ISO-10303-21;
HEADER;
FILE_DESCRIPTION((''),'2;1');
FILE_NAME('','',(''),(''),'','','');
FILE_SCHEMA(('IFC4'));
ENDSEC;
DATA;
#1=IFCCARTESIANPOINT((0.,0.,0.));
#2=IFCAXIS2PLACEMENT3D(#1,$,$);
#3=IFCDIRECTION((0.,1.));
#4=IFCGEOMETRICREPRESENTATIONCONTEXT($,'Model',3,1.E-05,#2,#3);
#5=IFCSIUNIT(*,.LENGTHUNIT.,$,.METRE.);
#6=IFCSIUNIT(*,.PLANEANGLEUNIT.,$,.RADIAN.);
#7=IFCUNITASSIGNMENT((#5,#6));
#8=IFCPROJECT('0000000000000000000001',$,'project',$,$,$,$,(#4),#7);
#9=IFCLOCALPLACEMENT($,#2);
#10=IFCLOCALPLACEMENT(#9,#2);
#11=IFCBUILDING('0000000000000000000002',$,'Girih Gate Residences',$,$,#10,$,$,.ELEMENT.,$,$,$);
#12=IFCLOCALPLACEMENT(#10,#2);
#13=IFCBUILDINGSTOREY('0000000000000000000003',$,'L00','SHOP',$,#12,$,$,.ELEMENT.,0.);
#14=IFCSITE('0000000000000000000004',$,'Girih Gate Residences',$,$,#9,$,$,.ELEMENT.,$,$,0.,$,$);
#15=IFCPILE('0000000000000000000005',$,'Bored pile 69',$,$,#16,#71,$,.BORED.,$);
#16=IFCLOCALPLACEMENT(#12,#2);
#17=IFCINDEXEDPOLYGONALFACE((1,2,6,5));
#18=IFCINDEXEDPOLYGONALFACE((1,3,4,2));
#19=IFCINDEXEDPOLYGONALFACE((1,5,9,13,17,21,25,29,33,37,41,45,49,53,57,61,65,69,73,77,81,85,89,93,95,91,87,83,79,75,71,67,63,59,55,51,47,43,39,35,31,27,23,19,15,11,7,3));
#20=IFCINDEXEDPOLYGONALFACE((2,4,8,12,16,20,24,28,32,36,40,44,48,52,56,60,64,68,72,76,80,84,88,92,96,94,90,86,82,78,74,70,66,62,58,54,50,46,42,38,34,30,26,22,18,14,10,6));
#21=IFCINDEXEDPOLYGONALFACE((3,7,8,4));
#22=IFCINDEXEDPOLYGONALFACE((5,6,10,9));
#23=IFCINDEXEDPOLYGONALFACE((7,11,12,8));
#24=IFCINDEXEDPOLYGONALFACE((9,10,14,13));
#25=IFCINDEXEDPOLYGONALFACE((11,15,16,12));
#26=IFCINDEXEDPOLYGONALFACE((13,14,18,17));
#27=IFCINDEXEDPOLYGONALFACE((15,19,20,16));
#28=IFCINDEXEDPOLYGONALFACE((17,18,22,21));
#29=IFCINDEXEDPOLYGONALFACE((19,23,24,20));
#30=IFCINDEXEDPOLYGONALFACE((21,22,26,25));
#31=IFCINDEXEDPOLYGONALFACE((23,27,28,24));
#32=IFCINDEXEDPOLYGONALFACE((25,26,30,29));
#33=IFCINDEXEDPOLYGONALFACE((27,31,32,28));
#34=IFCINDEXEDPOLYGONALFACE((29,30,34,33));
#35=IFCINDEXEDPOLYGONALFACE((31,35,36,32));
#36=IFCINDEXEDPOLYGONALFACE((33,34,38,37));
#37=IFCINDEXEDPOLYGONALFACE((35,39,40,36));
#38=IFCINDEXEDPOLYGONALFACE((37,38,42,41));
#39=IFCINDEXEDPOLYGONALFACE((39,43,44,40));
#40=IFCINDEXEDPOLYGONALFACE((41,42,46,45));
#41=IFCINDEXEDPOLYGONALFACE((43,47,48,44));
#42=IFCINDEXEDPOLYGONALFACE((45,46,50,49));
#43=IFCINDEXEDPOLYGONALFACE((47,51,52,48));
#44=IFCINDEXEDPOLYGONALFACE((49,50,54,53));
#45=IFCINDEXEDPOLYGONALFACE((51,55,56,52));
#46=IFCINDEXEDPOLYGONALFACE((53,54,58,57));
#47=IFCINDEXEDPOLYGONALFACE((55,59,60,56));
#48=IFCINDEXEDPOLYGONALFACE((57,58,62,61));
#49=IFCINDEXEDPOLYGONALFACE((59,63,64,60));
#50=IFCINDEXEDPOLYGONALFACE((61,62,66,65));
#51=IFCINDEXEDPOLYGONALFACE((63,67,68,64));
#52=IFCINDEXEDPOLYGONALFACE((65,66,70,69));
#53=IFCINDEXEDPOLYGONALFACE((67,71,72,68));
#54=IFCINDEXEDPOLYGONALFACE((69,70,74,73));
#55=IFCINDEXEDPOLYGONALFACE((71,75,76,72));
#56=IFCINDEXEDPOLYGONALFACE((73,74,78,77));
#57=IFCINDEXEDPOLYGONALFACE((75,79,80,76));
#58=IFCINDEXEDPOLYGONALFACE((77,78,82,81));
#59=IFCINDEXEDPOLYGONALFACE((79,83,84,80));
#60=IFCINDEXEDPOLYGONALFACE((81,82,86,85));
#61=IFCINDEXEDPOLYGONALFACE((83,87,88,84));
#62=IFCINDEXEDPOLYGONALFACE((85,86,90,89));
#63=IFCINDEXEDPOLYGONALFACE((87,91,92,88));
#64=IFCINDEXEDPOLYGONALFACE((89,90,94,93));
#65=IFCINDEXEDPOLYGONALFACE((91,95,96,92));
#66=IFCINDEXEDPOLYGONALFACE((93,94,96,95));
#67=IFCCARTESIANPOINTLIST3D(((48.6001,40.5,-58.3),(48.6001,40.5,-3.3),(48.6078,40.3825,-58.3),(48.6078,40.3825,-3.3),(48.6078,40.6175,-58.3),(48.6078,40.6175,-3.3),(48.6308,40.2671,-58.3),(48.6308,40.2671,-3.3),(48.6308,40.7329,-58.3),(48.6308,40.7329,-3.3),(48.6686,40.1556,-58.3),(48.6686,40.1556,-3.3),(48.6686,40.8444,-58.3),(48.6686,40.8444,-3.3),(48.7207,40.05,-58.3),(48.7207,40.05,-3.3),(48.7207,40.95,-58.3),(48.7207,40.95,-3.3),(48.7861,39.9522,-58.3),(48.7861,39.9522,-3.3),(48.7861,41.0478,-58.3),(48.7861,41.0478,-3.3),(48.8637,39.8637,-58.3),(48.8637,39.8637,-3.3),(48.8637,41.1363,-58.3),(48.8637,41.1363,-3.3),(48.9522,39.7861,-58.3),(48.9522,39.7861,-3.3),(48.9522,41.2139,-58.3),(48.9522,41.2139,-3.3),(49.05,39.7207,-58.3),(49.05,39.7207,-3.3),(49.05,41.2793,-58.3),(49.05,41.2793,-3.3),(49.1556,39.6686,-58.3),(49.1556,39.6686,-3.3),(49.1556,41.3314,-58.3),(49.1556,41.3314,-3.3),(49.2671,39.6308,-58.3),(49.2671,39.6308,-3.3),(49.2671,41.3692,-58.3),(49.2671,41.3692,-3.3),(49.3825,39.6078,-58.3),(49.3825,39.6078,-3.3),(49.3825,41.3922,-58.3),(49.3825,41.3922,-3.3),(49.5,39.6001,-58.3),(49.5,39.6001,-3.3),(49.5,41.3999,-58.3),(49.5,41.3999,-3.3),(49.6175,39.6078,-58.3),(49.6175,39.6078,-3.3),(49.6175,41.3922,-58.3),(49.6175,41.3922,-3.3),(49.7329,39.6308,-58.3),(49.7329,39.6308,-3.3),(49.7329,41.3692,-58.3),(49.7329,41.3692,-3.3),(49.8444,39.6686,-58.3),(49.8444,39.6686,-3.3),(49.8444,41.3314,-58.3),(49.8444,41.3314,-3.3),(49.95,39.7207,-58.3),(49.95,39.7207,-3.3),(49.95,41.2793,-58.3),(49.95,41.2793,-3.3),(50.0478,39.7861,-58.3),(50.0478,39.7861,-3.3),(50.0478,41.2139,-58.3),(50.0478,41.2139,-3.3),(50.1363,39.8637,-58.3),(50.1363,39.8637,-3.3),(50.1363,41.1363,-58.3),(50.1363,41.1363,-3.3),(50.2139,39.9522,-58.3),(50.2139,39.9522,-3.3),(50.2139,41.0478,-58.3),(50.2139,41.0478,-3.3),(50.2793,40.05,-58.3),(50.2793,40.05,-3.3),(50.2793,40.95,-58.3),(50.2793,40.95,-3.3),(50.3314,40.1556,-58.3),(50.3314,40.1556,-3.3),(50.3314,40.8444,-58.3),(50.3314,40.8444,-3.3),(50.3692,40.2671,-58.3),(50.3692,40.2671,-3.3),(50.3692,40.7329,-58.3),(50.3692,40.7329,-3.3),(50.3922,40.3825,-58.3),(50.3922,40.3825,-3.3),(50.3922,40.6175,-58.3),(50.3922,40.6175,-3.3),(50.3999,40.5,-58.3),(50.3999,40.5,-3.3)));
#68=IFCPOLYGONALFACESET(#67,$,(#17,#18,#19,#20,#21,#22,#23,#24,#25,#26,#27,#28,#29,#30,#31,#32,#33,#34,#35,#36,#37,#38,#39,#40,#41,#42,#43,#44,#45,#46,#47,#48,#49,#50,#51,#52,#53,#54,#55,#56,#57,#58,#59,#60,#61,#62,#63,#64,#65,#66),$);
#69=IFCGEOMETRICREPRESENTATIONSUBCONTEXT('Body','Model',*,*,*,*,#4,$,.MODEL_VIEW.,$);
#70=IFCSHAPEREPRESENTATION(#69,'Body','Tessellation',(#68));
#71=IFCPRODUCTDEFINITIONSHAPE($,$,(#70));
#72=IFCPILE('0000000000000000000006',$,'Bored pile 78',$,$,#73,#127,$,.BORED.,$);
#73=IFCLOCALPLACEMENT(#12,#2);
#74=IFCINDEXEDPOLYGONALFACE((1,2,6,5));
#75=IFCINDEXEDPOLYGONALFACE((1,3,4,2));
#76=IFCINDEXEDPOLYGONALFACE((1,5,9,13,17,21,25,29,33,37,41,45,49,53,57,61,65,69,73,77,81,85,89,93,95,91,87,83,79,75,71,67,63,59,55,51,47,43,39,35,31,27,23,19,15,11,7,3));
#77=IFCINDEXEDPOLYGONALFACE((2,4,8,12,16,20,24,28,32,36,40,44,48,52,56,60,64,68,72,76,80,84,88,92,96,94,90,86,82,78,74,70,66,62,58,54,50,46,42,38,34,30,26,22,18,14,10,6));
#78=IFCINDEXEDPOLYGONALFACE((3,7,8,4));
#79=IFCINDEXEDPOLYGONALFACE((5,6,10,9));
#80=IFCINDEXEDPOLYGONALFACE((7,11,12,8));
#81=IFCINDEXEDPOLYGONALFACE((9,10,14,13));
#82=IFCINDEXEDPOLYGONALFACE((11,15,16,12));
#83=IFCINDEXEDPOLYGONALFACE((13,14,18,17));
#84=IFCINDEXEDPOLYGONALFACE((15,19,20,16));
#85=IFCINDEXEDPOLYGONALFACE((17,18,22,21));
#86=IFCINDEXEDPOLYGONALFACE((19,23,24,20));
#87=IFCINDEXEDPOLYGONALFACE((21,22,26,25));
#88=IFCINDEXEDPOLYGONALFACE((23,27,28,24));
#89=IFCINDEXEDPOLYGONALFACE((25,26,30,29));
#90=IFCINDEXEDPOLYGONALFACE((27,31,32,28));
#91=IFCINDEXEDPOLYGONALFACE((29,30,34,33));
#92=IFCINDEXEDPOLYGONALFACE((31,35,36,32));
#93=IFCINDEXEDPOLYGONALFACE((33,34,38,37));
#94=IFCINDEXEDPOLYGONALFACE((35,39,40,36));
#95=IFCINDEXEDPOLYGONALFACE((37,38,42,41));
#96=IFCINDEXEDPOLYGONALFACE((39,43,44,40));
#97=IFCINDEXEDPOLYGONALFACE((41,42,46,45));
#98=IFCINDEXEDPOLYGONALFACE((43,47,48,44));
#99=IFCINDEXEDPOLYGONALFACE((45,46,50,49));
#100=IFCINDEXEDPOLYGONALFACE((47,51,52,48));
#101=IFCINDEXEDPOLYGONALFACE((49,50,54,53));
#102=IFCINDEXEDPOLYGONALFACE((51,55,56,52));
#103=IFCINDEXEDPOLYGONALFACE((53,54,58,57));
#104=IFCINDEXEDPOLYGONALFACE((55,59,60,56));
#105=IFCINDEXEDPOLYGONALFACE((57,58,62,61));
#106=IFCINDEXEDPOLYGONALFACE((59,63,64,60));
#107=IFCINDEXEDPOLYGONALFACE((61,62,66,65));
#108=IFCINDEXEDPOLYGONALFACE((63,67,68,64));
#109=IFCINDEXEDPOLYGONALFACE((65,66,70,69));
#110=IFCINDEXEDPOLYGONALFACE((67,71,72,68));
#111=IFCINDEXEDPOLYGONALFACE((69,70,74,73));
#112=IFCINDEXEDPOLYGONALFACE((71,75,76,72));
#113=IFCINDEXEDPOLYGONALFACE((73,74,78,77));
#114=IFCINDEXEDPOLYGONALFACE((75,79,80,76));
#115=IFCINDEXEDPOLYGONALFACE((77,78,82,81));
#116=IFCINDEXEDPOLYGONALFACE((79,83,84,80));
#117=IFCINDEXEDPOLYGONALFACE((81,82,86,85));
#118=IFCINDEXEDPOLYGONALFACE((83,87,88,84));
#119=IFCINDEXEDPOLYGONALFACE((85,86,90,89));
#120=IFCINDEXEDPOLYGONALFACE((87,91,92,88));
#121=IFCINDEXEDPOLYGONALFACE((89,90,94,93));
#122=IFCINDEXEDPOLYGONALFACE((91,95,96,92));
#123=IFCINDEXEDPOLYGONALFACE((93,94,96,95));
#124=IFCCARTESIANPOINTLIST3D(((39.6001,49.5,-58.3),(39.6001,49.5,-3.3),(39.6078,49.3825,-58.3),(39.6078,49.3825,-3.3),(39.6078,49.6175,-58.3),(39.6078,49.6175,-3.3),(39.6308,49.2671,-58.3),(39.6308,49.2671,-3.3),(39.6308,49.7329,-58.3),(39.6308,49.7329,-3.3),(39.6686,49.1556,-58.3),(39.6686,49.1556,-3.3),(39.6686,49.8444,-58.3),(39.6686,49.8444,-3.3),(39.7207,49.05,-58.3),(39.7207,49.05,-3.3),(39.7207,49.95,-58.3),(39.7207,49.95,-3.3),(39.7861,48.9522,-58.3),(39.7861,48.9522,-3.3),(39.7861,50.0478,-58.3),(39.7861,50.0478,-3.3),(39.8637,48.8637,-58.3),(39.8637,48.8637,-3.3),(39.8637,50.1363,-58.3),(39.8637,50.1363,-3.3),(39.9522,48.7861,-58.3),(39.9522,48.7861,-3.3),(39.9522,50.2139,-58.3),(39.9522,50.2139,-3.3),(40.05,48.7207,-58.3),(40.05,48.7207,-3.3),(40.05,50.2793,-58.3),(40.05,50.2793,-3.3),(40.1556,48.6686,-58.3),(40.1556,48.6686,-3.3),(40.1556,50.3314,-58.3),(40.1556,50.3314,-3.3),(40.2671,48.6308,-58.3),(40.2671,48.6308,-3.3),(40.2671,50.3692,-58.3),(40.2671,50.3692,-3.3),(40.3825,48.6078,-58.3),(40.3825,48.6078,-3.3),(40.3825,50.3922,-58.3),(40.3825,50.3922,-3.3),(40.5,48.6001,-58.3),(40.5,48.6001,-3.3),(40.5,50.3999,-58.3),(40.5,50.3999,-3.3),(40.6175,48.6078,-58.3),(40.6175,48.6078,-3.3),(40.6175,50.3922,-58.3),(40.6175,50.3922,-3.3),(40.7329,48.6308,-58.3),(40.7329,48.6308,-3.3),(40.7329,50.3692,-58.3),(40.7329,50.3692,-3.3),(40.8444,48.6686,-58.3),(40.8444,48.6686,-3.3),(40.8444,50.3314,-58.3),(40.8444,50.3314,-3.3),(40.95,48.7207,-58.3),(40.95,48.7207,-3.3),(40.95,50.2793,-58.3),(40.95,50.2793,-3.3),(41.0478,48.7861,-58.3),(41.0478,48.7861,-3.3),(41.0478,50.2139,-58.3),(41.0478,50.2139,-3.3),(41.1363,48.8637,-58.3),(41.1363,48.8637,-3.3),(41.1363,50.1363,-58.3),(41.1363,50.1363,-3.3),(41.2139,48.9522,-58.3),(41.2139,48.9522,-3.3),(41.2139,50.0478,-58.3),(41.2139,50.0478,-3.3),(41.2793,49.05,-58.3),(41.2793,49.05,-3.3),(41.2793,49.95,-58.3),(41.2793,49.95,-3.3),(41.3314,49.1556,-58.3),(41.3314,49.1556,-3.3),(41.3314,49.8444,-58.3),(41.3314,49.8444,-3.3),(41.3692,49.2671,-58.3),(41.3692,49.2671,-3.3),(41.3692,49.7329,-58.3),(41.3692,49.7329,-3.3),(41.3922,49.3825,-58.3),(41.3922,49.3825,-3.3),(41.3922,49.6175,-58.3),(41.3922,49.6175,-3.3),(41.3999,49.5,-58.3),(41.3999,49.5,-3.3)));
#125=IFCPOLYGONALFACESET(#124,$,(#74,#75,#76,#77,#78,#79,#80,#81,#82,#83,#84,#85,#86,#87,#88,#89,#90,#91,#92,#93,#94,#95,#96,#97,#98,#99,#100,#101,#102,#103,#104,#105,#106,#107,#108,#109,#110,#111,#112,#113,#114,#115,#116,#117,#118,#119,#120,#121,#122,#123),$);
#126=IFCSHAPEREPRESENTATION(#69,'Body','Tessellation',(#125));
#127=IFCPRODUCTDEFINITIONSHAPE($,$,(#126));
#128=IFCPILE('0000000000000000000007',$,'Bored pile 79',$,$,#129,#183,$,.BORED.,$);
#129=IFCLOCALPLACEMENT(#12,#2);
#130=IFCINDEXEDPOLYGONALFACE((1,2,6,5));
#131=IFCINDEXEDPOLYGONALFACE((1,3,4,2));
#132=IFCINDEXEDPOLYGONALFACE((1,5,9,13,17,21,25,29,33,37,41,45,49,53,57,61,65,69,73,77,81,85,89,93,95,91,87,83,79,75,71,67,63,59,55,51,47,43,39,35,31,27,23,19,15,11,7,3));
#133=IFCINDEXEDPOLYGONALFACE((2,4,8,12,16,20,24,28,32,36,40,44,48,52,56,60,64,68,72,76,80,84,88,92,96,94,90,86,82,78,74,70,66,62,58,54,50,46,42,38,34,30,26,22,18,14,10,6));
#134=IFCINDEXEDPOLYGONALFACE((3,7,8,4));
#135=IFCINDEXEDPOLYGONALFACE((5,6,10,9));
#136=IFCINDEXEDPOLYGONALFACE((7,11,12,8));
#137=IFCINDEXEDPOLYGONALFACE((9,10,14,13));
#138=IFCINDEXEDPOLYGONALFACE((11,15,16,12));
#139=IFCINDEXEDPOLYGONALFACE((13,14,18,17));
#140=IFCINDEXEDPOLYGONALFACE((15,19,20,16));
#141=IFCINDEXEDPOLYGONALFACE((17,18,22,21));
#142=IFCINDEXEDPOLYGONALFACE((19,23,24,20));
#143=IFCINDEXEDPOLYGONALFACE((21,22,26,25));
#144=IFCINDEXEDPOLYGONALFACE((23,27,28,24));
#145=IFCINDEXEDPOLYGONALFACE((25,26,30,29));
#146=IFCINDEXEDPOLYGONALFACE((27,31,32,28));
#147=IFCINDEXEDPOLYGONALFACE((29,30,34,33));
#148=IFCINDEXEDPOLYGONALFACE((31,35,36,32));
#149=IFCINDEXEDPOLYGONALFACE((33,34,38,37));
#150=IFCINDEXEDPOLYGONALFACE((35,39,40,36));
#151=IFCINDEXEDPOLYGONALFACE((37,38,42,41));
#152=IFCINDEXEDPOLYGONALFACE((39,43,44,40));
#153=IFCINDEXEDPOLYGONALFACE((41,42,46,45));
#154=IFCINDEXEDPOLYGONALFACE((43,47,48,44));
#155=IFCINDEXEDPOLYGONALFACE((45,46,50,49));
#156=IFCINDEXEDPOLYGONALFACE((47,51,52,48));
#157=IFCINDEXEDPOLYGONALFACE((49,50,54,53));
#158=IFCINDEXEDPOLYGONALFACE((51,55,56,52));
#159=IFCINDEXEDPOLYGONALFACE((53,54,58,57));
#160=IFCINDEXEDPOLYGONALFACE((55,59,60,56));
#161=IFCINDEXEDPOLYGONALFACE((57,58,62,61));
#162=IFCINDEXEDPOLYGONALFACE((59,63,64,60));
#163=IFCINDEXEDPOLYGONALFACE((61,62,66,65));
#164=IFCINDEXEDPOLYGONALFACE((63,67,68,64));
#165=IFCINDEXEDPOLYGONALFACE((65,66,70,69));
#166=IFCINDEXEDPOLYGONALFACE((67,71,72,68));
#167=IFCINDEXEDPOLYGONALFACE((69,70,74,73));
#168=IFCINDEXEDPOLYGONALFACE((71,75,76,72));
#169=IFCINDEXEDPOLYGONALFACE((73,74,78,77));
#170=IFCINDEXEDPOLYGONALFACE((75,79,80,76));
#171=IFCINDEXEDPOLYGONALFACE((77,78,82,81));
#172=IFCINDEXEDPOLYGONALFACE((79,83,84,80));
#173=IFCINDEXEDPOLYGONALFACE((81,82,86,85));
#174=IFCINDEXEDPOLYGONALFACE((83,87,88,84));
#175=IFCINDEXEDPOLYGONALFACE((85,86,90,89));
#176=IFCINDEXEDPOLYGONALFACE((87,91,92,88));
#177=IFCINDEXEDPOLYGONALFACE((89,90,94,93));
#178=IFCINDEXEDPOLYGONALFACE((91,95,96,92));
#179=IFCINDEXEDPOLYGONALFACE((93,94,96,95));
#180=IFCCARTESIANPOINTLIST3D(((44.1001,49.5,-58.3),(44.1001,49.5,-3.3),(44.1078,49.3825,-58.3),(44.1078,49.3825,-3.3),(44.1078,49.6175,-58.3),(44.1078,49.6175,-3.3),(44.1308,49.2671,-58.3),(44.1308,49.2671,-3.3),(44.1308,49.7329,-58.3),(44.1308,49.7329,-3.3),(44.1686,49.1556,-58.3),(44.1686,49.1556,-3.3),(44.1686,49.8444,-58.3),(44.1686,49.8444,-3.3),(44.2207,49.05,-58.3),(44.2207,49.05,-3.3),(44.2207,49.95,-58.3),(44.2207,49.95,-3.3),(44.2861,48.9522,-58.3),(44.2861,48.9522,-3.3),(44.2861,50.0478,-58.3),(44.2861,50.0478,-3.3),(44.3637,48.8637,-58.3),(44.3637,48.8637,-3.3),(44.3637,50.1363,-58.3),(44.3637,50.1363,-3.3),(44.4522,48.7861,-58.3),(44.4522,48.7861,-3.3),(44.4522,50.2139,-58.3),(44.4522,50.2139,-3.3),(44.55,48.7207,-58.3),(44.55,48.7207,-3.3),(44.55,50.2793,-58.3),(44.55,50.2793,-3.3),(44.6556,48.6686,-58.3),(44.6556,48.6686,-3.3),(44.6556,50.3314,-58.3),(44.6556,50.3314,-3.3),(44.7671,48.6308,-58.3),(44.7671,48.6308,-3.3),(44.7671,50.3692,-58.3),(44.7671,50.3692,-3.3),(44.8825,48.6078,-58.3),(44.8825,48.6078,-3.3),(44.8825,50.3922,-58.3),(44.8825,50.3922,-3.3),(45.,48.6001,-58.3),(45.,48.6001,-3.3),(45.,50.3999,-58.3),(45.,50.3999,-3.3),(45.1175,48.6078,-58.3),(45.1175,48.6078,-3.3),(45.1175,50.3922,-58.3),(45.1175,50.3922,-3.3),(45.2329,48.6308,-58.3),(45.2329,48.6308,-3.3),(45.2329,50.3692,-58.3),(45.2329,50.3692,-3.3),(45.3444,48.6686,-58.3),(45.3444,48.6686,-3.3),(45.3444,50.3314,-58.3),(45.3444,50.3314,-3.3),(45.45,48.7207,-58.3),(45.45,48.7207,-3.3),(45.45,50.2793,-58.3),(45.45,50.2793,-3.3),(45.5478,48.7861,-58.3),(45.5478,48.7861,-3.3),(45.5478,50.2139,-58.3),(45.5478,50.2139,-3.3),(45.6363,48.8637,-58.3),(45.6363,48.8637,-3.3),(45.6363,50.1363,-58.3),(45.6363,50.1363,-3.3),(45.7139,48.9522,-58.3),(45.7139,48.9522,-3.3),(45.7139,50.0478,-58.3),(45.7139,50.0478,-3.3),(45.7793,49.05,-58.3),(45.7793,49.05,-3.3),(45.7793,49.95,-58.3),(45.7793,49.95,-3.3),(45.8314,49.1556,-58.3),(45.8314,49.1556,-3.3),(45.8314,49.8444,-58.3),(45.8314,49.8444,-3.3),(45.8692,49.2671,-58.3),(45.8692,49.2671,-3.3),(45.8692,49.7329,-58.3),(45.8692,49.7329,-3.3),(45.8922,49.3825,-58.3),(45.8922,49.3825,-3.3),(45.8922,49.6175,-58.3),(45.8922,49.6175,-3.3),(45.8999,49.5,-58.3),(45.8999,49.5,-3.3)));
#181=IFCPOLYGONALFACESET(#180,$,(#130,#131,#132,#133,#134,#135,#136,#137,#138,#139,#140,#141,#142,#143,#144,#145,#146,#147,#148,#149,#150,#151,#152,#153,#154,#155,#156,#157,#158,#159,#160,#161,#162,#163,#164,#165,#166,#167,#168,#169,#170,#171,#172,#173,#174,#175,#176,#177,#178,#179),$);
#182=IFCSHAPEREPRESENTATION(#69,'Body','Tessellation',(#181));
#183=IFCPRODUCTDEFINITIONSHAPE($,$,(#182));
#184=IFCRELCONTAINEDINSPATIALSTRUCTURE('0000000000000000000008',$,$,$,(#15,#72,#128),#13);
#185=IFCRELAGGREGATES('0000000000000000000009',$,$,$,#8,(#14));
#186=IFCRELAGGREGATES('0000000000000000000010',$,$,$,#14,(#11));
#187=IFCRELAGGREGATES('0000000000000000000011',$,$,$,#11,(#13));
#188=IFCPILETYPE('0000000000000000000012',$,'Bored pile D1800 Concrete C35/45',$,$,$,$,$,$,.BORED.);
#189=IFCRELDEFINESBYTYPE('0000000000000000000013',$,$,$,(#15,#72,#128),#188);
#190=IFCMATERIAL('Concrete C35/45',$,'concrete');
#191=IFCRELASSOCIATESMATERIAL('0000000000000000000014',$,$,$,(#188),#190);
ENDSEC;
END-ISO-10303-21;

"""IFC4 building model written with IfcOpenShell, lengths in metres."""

from ifc_helpers import new_model, si_unit, direction, frame, origin, origin_2d, place, context, subcontext, project, spatial, circle, extrude, material, material_profile, profile_set, type_object, element, save


model = new_model("IFC4")

# Units and contexts
model_context = context("Model", 3, precision=1e-05, world=origin(), true_north=direction((0.0, 1.0)))
body_context = subcontext(model_context, "Body", "Model", "MODEL_VIEW")
ifc_project = project(units=[si_unit("LENGTHUNIT", "METRE"), si_unit("PLANEANGLEUNIT", "RADIAN")], contexts=[model_context])

# Site, building, storey
site_placement = place(None, origin())
site = spatial("IfcSite", under=ifc_project, at=site_placement, Name="Girih Gate Residences", CompositionType="ELEMENT", RefElevation=0.0)
building_placement = place(site_placement, origin())
building = spatial("IfcBuilding", under=site, at=building_placement, Name="Girih Gate Residences", CompositionType="ELEMENT")
storey_placement = place(building_placement, origin())
storey = spatial("IfcBuildingStorey", under=building, at=storey_placement, Name="L00", Description="SHOP", CompositionType="ELEMENT", Elevation=0.0)

# Piles
ifc_material_1 = material(Name="Concrete C35/45", Category="concrete")
ifc_material_profile_1 = material_profile(ifc_material_1, circle(Radius=0.8999, at=origin_2d()))
ifc_profile_set_1 = profile_set([ifc_material_profile_1], Name="Concrete C35/45")
pile_type_1 = type_object("IfcPileType", Name="Bored pile D1800 Concrete C35/45", PredefinedType="BORED", material=ifc_profile_set_1)
for number, where, z_axis, x_axis, name in (
    (1, (49.5, 40.5, -3.3), (0.0, 0.0, -1.0), (1.0, 0.0, 0.0), "Bored pile 69"),
    (2, (40.5, 49.5, -3.3), (0.0, 0.0, -1.0), (1.0, 0.0, 0.0), "Bored pile 78"),
    (3, (45.0, 49.5, -3.3), (0.0, 0.0, -1.0), (1.0, 0.0, 0.0), "Bored pile 79"),
):
    element("IfcPile", number, at=place(storey_placement, frame(where, z_axis=z_axis, x_axis=x_axis)), inside=storey, type_object=pile_type_1, Name=name, PredefinedType="BORED", context=body_context, shape_type="SweptSolid", body=[
        extrude(circle(Radius=0.8999, at=origin_2d()), origin(), (0.0, 0.0, 1.0), 55.0),
    ])

save(model, "model.ifc")
